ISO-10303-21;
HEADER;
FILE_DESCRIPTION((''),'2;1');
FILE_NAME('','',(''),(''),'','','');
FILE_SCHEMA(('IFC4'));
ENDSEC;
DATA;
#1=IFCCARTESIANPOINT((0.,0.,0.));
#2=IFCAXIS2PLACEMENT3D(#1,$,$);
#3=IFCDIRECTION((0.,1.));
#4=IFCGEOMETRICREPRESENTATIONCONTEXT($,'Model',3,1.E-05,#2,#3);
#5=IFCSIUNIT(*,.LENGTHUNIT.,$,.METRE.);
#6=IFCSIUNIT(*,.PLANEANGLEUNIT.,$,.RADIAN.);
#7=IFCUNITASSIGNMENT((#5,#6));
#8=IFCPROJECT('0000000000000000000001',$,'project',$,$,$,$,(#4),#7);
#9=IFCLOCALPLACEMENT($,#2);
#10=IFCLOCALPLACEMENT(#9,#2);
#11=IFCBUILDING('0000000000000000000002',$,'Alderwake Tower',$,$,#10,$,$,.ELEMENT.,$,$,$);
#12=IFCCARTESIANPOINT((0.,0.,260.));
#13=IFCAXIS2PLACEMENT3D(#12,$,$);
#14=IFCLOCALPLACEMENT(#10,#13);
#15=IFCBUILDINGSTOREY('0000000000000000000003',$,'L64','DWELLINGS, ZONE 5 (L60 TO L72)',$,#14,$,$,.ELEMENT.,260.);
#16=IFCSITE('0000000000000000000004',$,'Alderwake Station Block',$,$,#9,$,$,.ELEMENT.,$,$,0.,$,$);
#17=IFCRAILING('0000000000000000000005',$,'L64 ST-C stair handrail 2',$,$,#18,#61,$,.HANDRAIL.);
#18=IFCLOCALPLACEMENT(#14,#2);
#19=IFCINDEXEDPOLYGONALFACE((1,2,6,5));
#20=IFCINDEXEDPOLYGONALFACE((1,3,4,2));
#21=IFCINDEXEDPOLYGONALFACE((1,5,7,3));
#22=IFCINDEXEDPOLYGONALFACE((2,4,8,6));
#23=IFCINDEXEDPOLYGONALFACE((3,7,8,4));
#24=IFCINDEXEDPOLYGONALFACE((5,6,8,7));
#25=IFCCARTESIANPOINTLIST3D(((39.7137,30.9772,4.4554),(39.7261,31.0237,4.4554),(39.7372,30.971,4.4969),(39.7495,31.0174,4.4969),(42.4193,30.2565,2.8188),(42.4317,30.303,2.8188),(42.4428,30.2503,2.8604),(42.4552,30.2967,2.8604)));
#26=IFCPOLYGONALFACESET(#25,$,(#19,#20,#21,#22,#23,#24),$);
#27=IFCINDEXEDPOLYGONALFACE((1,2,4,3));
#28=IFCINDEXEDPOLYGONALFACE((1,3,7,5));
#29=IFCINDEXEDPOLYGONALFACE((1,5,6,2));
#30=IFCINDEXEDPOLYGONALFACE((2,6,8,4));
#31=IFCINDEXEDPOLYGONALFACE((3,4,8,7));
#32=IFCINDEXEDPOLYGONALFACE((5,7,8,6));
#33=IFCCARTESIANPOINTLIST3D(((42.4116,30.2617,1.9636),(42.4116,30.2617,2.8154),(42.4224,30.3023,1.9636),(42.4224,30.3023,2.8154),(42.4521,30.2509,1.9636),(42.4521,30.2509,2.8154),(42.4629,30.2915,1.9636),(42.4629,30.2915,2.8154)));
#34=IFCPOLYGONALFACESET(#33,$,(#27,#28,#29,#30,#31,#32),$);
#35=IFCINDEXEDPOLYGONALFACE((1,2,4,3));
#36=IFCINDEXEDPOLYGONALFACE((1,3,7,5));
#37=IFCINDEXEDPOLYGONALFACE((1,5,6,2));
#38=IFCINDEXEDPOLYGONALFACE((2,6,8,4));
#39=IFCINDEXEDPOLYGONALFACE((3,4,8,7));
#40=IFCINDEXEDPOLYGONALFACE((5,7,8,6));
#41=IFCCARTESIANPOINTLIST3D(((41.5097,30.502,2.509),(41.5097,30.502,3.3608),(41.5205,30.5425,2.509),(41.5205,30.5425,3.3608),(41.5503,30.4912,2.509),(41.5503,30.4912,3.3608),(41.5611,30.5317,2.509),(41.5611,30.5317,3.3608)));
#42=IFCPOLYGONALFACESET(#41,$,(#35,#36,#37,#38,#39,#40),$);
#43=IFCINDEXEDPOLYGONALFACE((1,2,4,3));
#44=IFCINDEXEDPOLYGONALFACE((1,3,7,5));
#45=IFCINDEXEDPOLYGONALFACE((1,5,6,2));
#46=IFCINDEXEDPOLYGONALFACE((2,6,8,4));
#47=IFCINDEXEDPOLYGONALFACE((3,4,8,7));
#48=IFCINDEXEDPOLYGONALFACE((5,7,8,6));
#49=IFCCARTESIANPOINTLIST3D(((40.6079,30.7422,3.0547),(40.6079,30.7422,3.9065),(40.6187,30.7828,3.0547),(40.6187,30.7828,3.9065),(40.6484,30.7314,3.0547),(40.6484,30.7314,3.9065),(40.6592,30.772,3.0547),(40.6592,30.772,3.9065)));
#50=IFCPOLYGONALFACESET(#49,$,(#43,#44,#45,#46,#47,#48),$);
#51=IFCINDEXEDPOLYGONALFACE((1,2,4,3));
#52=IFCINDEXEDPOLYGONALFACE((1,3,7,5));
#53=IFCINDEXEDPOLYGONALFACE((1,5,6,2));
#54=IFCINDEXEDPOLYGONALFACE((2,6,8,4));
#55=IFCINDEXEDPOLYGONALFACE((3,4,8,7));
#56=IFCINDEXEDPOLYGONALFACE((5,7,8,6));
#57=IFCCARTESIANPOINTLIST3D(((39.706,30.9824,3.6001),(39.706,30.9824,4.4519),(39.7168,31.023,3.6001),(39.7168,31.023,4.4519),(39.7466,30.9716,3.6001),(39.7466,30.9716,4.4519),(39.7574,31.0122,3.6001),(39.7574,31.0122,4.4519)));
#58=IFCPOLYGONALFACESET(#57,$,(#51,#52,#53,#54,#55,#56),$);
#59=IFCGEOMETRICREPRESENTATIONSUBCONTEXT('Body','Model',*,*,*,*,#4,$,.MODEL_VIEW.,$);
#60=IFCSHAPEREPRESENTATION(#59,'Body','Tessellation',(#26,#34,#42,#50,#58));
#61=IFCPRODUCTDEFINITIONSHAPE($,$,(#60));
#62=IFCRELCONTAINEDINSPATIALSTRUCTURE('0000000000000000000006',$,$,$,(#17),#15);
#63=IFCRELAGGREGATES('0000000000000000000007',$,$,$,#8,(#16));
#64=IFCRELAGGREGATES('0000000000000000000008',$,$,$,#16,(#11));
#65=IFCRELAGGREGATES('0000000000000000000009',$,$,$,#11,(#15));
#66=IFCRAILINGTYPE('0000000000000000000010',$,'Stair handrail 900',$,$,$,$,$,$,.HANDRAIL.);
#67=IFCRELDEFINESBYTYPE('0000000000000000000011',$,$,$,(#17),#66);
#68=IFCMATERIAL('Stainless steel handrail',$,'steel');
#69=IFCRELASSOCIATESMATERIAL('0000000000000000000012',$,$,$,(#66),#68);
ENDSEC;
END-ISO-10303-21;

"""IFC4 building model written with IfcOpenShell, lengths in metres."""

from ifc_helpers import new_model, si_unit, direction, frame, origin, origin_2d, place, context, subcontext, project, spatial, rectangle, extrude, material, type_object, element, save


model = new_model("IFC4")

# Units and contexts
model_context = context("Model", 3, precision=1e-05, world=origin(), true_north=direction((0.0, 1.0)))
body_context = subcontext(model_context, "Body", "Model", "MODEL_VIEW")
ifc_project = project(units=[si_unit("LENGTHUNIT", "METRE"), si_unit("PLANEANGLEUNIT", "RADIAN")], contexts=[model_context])

# Site, building, storey
site_placement = place(None, origin())
site = spatial("IfcSite", under=ifc_project, at=site_placement, Name="Alderwake Station Block", CompositionType="ELEMENT", RefElevation=0.0)
building_placement = place(site_placement, origin())
building = spatial("IfcBuilding", under=site, at=building_placement, Name="Alderwake Tower", CompositionType="ELEMENT")
storey_placement = place(building_placement, frame((0.0, 0.0, 260.0)))
storey = spatial("IfcBuildingStorey", under=building, at=storey_placement, Name="L64", Description="DWELLINGS, ZONE 5 (L60 TO L72)", CompositionType="ELEMENT", Elevation=260.0)

# Railing
ifc_material_1 = material(Name="Stainless steel handrail", Category="steel")
railing_type_1 = type_object("IfcRailingType", Name="Stair handrail 900", PredefinedType="HANDRAIL", material=ifc_material_1)
railing_1_placement = place(storey_placement, frame((42.4373, 30.2766, 1.9636)))
element("IfcRailing", 1, at=railing_1_placement, inside=storey, type_object=railing_type_1, Name="L64 ST-C stair handrail 2", PredefinedType="HANDRAIL", context=body_context, shape_type="SweptSolid", body=[
    extrude(rectangle(XDim=0.0481, YDim=0.0481, at=origin_2d()), frame((0.0, 0.0, 0.876), z_axis=(-0.834259, 0.222228, 0.504605), x_axis=(-0.257402, -0.966304, 0.0)), (0.0, 0.0, 1.0), 3.2432),
    extrude(rectangle(XDim=0.042, YDim=0.042, at=origin_2d()), frame((0.0, 0.0, 0.0), z_axis=(0.0, 0.0, 1.0), x_axis=(-0.966304, 0.257402, 0.0)), (0.0, 0.0, 1.0), 0.8518),
    extrude(rectangle(XDim=0.042, YDim=0.042, at=origin_2d()), frame((-0.9019, 0.2402, 0.5454), z_axis=(0.0, 0.0, 1.0), x_axis=(-0.966304, 0.257402, 0.0)), (0.0, 0.0, 1.0), 0.8518),
    extrude(rectangle(XDim=0.042, YDim=0.042, at=origin_2d()), frame((-1.8037, 0.4805, 1.0911), z_axis=(0.0, 0.0, 1.0), x_axis=(-0.966304, 0.257402, 0.0)), (0.0, 0.0, 1.0), 0.8518),
    extrude(rectangle(XDim=0.042, YDim=0.042, at=origin_2d()), frame((-2.7056, 0.7207, 1.6365), z_axis=(0.0, 0.0, 1.0), x_axis=(-0.966304, 0.257402, 0.0)), (0.0, 0.0, 1.0), 0.8518),
])

save(model, "model.ifc")
